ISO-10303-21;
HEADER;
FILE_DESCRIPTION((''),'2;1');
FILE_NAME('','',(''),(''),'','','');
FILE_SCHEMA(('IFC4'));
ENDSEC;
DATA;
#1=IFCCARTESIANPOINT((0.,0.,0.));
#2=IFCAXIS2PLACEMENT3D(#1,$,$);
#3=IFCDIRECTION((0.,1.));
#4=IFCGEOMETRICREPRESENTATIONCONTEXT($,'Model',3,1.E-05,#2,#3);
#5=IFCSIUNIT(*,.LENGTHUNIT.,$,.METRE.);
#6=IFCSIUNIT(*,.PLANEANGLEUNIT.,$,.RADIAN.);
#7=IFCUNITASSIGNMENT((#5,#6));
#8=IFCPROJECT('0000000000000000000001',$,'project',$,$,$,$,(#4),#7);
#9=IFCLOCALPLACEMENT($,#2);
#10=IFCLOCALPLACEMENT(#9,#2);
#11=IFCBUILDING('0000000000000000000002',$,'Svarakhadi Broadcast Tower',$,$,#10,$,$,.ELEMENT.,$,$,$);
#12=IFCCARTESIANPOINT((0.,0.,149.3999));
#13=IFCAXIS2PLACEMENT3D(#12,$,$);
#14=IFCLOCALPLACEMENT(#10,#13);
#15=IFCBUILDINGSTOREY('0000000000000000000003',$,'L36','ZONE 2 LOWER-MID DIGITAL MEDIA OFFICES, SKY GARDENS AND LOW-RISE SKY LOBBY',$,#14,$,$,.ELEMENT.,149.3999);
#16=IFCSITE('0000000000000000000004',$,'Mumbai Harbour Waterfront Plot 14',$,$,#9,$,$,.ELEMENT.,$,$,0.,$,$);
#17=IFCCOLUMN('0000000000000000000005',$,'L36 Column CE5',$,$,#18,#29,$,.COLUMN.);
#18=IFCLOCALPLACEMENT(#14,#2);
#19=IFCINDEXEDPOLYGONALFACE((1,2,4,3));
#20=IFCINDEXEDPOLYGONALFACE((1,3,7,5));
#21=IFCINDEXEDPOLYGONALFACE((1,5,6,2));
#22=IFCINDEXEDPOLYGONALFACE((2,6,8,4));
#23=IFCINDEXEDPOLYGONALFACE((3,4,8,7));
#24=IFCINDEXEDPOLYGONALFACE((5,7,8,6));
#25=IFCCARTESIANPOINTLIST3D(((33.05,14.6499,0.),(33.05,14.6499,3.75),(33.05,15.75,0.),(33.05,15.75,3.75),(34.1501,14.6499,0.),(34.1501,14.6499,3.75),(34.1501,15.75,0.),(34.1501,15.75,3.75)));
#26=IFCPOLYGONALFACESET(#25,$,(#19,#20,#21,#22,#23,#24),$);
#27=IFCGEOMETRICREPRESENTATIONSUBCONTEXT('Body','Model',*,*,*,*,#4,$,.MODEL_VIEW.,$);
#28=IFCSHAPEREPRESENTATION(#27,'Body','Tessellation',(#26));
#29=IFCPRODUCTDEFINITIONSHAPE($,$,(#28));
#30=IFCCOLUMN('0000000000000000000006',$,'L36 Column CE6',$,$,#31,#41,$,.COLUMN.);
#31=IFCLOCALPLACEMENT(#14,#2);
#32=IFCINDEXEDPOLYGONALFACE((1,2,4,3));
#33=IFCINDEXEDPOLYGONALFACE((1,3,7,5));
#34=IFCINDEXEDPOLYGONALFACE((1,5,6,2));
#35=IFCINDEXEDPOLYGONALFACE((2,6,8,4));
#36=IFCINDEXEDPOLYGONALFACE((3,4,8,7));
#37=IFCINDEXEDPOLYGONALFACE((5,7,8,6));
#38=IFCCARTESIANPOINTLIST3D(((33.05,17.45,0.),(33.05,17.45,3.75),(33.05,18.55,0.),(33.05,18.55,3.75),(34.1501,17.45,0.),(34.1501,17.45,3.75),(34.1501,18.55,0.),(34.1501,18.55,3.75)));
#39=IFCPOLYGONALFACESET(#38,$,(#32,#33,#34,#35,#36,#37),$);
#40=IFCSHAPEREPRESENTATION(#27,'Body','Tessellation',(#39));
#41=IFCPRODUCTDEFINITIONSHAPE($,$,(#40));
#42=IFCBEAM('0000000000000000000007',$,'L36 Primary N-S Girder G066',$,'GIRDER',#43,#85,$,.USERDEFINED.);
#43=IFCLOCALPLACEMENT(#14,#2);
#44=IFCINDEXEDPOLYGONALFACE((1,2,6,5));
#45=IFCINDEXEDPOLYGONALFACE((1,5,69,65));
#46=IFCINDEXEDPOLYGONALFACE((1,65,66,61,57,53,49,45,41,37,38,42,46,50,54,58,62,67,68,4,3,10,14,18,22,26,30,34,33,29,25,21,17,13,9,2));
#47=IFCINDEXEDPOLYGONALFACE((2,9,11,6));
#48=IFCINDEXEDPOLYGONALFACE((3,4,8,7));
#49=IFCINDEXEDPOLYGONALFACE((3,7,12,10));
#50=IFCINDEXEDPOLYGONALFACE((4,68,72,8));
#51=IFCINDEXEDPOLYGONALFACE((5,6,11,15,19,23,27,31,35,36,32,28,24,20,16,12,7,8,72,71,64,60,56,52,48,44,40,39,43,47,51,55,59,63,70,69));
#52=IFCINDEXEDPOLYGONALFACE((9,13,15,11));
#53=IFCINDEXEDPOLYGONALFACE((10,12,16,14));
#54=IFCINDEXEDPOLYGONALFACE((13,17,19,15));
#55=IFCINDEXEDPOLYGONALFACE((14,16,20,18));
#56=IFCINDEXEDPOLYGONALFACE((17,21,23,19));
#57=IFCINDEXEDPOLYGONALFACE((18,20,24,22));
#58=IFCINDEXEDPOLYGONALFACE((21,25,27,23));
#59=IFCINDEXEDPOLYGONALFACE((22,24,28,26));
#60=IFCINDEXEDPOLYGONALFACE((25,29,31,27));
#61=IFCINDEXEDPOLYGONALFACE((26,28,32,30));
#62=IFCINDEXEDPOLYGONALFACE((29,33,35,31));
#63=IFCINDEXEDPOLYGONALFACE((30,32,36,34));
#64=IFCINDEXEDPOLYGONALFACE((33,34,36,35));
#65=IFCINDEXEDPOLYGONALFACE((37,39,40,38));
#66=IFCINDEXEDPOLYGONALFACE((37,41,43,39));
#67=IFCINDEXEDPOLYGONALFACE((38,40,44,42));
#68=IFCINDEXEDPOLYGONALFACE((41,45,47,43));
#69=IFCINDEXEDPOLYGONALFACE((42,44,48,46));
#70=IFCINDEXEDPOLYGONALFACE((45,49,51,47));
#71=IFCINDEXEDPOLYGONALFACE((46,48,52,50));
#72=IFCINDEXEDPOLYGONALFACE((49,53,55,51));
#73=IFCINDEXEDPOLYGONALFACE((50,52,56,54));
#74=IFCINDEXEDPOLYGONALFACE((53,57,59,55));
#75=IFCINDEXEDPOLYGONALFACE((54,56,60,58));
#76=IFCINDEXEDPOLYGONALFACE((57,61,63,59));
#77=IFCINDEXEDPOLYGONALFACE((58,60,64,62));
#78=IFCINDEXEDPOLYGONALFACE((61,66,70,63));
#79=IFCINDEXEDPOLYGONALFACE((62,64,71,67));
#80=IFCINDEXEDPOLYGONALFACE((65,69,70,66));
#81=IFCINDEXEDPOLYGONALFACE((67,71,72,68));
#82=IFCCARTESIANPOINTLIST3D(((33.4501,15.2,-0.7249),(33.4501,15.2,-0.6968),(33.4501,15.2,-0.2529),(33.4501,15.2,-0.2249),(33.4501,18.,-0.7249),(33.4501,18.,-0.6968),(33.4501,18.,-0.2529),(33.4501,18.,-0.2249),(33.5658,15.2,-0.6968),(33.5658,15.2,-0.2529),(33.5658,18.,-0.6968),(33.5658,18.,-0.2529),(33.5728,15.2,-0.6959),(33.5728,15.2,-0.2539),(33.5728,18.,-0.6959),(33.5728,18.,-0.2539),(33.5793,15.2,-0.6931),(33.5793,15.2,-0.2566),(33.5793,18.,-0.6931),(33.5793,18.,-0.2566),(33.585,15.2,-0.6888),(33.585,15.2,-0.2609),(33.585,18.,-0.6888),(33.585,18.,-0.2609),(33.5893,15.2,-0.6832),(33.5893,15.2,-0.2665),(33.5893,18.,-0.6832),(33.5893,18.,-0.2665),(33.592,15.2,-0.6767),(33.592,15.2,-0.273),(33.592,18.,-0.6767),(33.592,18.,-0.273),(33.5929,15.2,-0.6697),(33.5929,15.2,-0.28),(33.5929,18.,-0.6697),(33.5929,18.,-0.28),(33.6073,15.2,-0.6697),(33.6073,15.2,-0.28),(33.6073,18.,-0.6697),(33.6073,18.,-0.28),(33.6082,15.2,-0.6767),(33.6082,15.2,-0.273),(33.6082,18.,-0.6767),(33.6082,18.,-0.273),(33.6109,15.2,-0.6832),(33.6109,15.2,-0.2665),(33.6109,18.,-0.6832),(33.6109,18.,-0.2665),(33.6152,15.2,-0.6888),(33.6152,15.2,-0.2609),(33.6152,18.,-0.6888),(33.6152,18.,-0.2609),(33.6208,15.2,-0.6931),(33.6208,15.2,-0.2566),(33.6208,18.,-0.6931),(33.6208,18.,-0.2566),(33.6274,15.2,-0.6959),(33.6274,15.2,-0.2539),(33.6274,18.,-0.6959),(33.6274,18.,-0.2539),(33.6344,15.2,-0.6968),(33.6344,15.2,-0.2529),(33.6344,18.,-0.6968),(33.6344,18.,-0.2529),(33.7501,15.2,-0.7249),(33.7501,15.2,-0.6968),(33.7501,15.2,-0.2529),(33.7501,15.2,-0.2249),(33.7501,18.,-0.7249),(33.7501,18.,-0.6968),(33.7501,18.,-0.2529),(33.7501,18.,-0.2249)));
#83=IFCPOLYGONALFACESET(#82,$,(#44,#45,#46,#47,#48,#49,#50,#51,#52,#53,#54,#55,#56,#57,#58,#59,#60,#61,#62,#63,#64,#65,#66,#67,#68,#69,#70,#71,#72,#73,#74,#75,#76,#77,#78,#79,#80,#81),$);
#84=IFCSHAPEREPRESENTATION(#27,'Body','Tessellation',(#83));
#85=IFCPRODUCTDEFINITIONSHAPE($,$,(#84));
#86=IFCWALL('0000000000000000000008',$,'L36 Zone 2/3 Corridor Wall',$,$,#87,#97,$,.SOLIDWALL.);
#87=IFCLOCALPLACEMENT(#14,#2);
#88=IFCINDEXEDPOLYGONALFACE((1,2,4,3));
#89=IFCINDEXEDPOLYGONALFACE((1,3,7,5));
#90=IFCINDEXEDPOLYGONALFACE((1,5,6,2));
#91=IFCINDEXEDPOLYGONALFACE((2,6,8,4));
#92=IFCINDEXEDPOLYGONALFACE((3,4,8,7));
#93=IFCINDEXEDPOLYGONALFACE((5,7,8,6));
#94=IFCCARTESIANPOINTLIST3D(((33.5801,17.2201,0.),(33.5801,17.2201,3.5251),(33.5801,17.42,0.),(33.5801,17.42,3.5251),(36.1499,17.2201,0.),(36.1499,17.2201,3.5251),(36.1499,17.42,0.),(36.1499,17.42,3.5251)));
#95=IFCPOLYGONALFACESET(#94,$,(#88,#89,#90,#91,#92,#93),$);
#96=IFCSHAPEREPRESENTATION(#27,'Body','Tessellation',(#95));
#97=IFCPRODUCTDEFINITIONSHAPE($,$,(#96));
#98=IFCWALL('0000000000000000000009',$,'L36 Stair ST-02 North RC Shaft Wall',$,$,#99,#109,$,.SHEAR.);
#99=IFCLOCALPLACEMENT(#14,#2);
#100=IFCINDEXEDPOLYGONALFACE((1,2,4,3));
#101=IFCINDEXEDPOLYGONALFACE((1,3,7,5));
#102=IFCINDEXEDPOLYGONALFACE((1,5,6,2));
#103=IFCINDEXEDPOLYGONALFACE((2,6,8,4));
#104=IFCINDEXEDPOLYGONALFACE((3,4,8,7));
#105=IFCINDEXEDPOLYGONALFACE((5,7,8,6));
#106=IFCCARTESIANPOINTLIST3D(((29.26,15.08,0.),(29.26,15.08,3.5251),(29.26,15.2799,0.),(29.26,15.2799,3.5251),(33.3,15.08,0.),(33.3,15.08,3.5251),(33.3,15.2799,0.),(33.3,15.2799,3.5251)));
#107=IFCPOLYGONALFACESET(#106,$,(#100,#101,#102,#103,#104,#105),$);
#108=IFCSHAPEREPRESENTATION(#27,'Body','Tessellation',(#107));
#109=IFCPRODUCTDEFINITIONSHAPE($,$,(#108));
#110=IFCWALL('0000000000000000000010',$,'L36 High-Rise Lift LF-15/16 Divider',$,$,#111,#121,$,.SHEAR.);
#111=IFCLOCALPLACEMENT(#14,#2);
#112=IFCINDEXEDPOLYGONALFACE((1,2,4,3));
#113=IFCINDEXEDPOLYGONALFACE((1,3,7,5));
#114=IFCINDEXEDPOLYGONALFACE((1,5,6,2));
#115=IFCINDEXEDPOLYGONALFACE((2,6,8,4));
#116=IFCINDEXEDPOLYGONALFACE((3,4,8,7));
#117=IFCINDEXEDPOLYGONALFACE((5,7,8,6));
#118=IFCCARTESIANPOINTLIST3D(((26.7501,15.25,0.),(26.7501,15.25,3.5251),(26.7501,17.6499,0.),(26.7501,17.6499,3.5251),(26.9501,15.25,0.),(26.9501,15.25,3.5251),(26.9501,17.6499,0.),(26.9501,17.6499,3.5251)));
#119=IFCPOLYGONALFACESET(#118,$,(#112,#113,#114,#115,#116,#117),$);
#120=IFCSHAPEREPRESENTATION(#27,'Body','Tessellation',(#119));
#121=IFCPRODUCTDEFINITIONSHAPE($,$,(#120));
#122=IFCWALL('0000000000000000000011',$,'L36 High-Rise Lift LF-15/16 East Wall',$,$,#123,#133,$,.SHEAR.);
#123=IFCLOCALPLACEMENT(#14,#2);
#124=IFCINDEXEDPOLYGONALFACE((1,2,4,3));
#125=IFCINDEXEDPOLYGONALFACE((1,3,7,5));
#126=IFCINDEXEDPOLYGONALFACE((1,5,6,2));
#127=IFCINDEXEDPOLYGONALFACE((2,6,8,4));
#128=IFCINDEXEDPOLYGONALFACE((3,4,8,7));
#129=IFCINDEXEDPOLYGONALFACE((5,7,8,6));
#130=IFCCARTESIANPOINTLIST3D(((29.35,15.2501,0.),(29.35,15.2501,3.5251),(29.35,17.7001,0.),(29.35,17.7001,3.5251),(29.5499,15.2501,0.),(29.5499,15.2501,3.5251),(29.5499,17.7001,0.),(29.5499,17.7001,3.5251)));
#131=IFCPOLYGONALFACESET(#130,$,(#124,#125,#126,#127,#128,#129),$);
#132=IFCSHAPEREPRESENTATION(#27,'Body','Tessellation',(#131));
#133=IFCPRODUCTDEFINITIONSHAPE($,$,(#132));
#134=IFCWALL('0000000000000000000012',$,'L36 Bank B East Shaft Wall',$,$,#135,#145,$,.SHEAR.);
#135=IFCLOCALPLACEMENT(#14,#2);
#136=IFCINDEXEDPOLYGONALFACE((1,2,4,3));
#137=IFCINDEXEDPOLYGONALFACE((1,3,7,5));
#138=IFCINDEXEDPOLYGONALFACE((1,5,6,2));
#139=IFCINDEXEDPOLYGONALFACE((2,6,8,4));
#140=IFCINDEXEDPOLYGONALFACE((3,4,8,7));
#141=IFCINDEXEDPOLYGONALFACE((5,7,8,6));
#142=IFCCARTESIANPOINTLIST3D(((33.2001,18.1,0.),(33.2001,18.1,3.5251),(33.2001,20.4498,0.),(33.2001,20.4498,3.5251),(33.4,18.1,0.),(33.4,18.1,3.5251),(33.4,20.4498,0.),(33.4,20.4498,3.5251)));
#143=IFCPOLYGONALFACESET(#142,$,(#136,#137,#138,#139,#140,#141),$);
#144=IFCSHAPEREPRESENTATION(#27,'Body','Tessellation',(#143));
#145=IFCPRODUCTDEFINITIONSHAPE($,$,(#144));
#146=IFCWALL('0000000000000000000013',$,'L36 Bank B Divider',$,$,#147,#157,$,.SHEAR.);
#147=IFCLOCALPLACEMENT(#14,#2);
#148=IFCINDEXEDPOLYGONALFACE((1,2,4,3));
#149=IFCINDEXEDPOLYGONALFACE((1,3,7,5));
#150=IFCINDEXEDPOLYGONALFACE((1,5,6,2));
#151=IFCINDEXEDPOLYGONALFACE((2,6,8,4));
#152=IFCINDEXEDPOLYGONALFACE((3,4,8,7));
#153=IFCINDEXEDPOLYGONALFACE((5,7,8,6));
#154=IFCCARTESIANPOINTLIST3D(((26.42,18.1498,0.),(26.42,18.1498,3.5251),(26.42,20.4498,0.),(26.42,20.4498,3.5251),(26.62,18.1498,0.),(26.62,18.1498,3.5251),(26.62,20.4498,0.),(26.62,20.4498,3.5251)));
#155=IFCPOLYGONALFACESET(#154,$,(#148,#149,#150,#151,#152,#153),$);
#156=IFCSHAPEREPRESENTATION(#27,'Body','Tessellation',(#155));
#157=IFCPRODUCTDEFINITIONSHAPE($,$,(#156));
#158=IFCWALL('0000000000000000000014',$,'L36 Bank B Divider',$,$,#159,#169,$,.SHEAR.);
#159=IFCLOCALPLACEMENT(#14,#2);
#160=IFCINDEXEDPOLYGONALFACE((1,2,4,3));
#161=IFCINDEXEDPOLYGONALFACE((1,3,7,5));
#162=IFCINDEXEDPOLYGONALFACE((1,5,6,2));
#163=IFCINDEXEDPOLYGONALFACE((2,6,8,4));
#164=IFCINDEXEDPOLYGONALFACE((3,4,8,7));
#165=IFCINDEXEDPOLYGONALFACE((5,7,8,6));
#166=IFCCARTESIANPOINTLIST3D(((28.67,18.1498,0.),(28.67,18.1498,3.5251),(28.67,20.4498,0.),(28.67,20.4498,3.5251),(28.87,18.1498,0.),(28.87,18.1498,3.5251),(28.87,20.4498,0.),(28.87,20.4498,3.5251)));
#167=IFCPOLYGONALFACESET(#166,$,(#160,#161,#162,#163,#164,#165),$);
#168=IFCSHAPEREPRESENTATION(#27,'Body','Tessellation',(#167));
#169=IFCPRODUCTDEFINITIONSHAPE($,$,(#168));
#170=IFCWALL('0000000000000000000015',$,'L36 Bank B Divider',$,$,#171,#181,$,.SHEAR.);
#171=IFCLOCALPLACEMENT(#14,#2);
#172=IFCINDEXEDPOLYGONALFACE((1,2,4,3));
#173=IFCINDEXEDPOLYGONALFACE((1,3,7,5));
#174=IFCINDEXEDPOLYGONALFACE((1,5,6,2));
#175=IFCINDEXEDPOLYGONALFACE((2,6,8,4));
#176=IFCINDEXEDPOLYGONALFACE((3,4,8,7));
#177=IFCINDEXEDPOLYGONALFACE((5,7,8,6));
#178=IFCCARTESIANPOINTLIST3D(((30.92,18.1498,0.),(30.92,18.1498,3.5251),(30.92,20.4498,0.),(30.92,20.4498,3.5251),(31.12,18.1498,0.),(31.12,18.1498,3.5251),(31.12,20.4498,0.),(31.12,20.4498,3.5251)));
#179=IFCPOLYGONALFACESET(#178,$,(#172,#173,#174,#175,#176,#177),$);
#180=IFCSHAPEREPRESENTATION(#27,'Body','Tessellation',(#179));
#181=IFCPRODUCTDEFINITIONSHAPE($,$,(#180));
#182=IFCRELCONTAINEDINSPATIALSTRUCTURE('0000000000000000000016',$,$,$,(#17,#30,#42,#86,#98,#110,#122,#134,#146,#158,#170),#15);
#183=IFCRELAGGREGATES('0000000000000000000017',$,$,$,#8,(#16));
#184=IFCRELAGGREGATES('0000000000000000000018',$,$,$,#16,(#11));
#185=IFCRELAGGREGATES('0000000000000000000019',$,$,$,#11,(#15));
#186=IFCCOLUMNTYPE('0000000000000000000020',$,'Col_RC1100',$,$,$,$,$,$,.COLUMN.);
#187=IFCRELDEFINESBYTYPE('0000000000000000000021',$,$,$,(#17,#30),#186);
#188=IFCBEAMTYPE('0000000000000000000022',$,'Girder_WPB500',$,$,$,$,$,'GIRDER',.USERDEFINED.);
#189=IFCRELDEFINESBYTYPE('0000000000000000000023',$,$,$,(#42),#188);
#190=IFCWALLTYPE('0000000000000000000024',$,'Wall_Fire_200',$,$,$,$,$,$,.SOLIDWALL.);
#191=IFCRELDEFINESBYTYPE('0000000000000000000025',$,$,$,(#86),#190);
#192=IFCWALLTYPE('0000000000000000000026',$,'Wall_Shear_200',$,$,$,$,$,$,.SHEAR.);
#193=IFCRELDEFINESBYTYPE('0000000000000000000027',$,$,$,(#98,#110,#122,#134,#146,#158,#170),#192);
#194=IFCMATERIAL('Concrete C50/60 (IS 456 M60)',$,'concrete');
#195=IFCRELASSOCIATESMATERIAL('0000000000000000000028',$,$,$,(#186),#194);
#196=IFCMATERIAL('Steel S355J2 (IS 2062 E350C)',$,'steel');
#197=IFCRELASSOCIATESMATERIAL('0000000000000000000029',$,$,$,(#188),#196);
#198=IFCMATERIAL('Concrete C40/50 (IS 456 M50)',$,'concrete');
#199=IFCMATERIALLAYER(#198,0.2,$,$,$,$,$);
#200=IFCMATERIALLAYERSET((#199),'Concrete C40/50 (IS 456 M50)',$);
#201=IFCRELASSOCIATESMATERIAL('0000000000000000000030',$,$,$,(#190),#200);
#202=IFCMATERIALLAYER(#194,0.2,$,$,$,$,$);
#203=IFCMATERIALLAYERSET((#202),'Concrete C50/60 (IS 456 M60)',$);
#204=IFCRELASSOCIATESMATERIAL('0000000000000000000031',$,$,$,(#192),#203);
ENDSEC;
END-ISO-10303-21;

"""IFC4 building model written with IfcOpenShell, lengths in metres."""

from ifc_helpers import new_model, si_unit, direction, frame, frame_2d, origin, origin_2d, place, context, subcontext, project, spatial, rectangle, i_section, extrude, material, layer, layer_set, material_profile, profile_set, type_object, element, save


model = new_model("IFC4")

# Units and contexts
model_context = context("Model", 3, precision=1e-05, world=origin(), true_north=direction((0.0, 1.0)))
body_context = subcontext(model_context, "Body", "Model", "MODEL_VIEW")
ifc_project = project(units=[si_unit("LENGTHUNIT", "METRE"), si_unit("PLANEANGLEUNIT", "RADIAN")], contexts=[model_context])

# Site, building, storey
site_placement = place(None, origin())
site = spatial("IfcSite", under=ifc_project, at=site_placement, Name="Mumbai Harbour Waterfront Plot 14", CompositionType="ELEMENT", RefElevation=0.0)
building_placement = place(site_placement, origin())
building = spatial("IfcBuilding", under=site, at=building_placement, Name="Svarakhadi Broadcast Tower", CompositionType="ELEMENT")
storey_placement = place(building_placement, frame((0.0, 0.0, 149.3999)))
storey = spatial("IfcBuildingStorey", under=building, at=storey_placement, Name="L36", Description="ZONE 2 LOWER-MID DIGITAL MEDIA OFFICES, SKY GARDENS AND LOW-RISE SKY LOBBY", CompositionType="ELEMENT", Elevation=149.3999)

# Columns
ifc_material_1 = material(Name="Concrete C50/60 (IS 456 M60)", Category="concrete")
ifc_material_profile_1 = material_profile(ifc_material_1, rectangle(XDim=1.1001, YDim=1.1001, at=origin_2d()), Name="RC 1100x1100")
ifc_profile_set_1 = profile_set([ifc_material_profile_1], Name="Concrete C50/60 (IS 456 M60)")
column_type = type_object("IfcColumnType", Name="Col_RC1100", PredefinedType="COLUMN", material=ifc_profile_set_1)
for number, where, z_axis, x_axis, name in (
    (1, (33.6001, 15.2, 0.0), (0.0, 0.0, 1.0), (1.0, 0.0, 0.0), "L36 Column CE5"),
    (2, (33.6001, 18.0, 0.0), (0.0, 0.0, 1.0), (1.0, 0.0, 0.0), "L36 Column CE6"),
):
    element("IfcColumn", number, at=place(storey_placement, frame(where, z_axis=z_axis, x_axis=x_axis)), inside=storey, type_object=column_type, Name=name, PredefinedType="COLUMN", context=body_context, shape_type="SweptSolid", body=[
        extrude(rectangle(XDim=1.1001, YDim=1.1001, at=origin_2d()), origin(), (0.0, 0.0, 1.0), 3.75),
    ])

# Beam
ifc_material_2 = material(Name="Steel S355J2 (IS 2062 E350C)", Category="steel")
ifc_material_profile_2 = material_profile(ifc_material_2, i_section(OverallWidth=0.3, OverallDepth=0.5, WebThickness=0.0144, FlangeThickness=0.0281, FilletRadius=0.0271, at=origin_2d()), Name="WPB 500x300x187")
ifc_profile_set_2 = profile_set([ifc_material_profile_2], Name="Steel S355J2 (IS 2062 E350C)")
beam_type = type_object("IfcBeamType", Name="Girder_WPB500", ElementType="GIRDER", PredefinedType="USERDEFINED", material=ifc_profile_set_2)
beam_placement = place(storey_placement, frame((33.6001, 15.2, -0.4749), z_axis=(0.0, 1.0, 0.0), x_axis=(-1.0, 0.0, 0.0)))
element("IfcBeam", 3, at=beam_placement, inside=storey, type_object=beam_type, Name="L36 Primary N-S Girder G066", ObjectType="GIRDER", PredefinedType="USERDEFINED", context=body_context, shape_type="SweptSolid", body=[
    extrude(i_section(OverallWidth=0.3, OverallDepth=0.5, WebThickness=0.0144, FlangeThickness=0.0281, FilletRadius=0.0271, at=origin_2d()), origin(), (0.0, 0.0, 1.0), 2.8),
])

# Walls
ifc_material_3 = material(Name="Concrete C40/50 (IS 456 M50)", Category="concrete")
ifc_layer_1 = layer(ifc_material_3, 0.2)
ifc_layer_set_1 = layer_set([ifc_layer_1], Name="Concrete C40/50 (IS 456 M50)")
wall_type_1 = type_object("IfcWallType", Name="Wall_Fire_200", PredefinedType="SOLIDWALL", material=ifc_layer_set_1)
wall_1_placement = place(storey_placement, frame((33.5801, 17.3201, 0.0), z_axis=(0.0, 0.0, 1.0), x_axis=(1.0, 0.0, 0.0)))
element("IfcWall", 4, at=wall_1_placement, inside=storey, type_object=wall_type_1, Name="L36 Zone 2/3 Corridor Wall", PredefinedType="SOLIDWALL", context=body_context, shape_type="SweptSolid", body=[
    extrude(rectangle(XDim=2.5698, YDim=0.2, at=frame_2d((1.2849, 0.0))), origin(), (0.0, 0.0, 1.0), 3.5251),
])
ifc_layer_2 = layer(ifc_material_1, 0.2)
ifc_layer_set_2 = layer_set([ifc_layer_2], Name="Concrete C50/60 (IS 456 M60)")
wall_type_2 = type_object("IfcWallType", Name="Wall_Shear_200", PredefinedType="SHEAR", material=ifc_layer_set_2)
wall_2_placement = place(storey_placement, frame((29.26, 15.1799, 0.0), z_axis=(0.0, 0.0, 1.0), x_axis=(1.0, 0.0, 0.0)))
element("IfcWall", 5, at=wall_2_placement, inside=storey, type_object=wall_type_2, Name="L36 Stair ST-02 North RC Shaft Wall", PredefinedType="SHEAR", context=body_context, shape_type="SweptSolid", body=[
    extrude(rectangle(XDim=4.04, YDim=0.2, at=frame_2d((2.02, 0.0))), origin(), (0.0, 0.0, 1.0), 3.5251),
])

# Walls
wall_3_placement = place(storey_placement, frame((26.8501, 15.25, 0.0), z_axis=(0.0, 0.0, 1.0), x_axis=(0.0, 1.0, 0.0)))
element("IfcWall", 6, at=wall_3_placement, inside=storey, type_object=wall_type_2, Name="L36 High-Rise Lift LF-15/16 Divider", PredefinedType="SHEAR", context=body_context, shape_type="SweptSolid", body=[
    extrude(rectangle(XDim=2.3999, YDim=0.2, at=frame_2d((1.2, 0.0))), origin(), (0.0, 0.0, 1.0), 3.5251),
])
wall_4_placement = place(storey_placement, frame((29.45, 15.25, 0.0), z_axis=(0.0, 0.0, 1.0), x_axis=(0.0, 1.0, 0.0)))
element("IfcWall", 7, at=wall_4_placement, inside=storey, type_object=wall_type_2, Name="L36 High-Rise Lift LF-15/16 East Wall", PredefinedType="SHEAR", context=body_context, shape_type="SweptSolid", body=[
    extrude(rectangle(XDim=2.45, YDim=0.2, at=frame_2d((1.2251, 0.0))), origin(), (0.0, 0.0, 1.0), 3.5251),
])
wall_5_placement = place(storey_placement, frame((33.3, 18.1001, 0.0), z_axis=(0.0, 0.0, 1.0), x_axis=(0.0, 1.0, 0.0)))
element("IfcWall", 8, at=wall_5_placement, inside=storey, type_object=wall_type_2, Name="L36 Bank B East Shaft Wall", PredefinedType="SHEAR", context=body_context, shape_type="SweptSolid", body=[
    extrude(rectangle(XDim=2.3499, YDim=0.2, at=frame_2d((1.1748, 0.0))), origin(), (0.0, 0.0, 1.0), 3.5251),
])
for number, where, z_axis, x_axis, name in (
    (9, (26.52, 18.1499, 0.0), (0.0, 0.0, 1.0), (0.0, 1.0, 0.0), "L36 Bank B Divider"),
    (10, (28.77, 18.1499, 0.0), (0.0, 0.0, 1.0), (0.0, 1.0, 0.0), "L36 Bank B Divider"),
    (11, (31.02, 18.1499, 0.0), (0.0, 0.0, 1.0), (0.0, 1.0, 0.0), "L36 Bank B Divider"),
):
    element("IfcWall", number, at=place(storey_placement, frame(where, z_axis=z_axis, x_axis=x_axis)), inside=storey, type_object=wall_type_2, Name=name, PredefinedType="SHEAR", context=body_context, shape_type="SweptSolid", body=[
        extrude(rectangle(XDim=2.3, YDim=0.2, at=frame_2d((1.1499, 0.0))), origin(), (0.0, 0.0, 1.0), 3.5251),
    ])

save(model, "model.ifc")
